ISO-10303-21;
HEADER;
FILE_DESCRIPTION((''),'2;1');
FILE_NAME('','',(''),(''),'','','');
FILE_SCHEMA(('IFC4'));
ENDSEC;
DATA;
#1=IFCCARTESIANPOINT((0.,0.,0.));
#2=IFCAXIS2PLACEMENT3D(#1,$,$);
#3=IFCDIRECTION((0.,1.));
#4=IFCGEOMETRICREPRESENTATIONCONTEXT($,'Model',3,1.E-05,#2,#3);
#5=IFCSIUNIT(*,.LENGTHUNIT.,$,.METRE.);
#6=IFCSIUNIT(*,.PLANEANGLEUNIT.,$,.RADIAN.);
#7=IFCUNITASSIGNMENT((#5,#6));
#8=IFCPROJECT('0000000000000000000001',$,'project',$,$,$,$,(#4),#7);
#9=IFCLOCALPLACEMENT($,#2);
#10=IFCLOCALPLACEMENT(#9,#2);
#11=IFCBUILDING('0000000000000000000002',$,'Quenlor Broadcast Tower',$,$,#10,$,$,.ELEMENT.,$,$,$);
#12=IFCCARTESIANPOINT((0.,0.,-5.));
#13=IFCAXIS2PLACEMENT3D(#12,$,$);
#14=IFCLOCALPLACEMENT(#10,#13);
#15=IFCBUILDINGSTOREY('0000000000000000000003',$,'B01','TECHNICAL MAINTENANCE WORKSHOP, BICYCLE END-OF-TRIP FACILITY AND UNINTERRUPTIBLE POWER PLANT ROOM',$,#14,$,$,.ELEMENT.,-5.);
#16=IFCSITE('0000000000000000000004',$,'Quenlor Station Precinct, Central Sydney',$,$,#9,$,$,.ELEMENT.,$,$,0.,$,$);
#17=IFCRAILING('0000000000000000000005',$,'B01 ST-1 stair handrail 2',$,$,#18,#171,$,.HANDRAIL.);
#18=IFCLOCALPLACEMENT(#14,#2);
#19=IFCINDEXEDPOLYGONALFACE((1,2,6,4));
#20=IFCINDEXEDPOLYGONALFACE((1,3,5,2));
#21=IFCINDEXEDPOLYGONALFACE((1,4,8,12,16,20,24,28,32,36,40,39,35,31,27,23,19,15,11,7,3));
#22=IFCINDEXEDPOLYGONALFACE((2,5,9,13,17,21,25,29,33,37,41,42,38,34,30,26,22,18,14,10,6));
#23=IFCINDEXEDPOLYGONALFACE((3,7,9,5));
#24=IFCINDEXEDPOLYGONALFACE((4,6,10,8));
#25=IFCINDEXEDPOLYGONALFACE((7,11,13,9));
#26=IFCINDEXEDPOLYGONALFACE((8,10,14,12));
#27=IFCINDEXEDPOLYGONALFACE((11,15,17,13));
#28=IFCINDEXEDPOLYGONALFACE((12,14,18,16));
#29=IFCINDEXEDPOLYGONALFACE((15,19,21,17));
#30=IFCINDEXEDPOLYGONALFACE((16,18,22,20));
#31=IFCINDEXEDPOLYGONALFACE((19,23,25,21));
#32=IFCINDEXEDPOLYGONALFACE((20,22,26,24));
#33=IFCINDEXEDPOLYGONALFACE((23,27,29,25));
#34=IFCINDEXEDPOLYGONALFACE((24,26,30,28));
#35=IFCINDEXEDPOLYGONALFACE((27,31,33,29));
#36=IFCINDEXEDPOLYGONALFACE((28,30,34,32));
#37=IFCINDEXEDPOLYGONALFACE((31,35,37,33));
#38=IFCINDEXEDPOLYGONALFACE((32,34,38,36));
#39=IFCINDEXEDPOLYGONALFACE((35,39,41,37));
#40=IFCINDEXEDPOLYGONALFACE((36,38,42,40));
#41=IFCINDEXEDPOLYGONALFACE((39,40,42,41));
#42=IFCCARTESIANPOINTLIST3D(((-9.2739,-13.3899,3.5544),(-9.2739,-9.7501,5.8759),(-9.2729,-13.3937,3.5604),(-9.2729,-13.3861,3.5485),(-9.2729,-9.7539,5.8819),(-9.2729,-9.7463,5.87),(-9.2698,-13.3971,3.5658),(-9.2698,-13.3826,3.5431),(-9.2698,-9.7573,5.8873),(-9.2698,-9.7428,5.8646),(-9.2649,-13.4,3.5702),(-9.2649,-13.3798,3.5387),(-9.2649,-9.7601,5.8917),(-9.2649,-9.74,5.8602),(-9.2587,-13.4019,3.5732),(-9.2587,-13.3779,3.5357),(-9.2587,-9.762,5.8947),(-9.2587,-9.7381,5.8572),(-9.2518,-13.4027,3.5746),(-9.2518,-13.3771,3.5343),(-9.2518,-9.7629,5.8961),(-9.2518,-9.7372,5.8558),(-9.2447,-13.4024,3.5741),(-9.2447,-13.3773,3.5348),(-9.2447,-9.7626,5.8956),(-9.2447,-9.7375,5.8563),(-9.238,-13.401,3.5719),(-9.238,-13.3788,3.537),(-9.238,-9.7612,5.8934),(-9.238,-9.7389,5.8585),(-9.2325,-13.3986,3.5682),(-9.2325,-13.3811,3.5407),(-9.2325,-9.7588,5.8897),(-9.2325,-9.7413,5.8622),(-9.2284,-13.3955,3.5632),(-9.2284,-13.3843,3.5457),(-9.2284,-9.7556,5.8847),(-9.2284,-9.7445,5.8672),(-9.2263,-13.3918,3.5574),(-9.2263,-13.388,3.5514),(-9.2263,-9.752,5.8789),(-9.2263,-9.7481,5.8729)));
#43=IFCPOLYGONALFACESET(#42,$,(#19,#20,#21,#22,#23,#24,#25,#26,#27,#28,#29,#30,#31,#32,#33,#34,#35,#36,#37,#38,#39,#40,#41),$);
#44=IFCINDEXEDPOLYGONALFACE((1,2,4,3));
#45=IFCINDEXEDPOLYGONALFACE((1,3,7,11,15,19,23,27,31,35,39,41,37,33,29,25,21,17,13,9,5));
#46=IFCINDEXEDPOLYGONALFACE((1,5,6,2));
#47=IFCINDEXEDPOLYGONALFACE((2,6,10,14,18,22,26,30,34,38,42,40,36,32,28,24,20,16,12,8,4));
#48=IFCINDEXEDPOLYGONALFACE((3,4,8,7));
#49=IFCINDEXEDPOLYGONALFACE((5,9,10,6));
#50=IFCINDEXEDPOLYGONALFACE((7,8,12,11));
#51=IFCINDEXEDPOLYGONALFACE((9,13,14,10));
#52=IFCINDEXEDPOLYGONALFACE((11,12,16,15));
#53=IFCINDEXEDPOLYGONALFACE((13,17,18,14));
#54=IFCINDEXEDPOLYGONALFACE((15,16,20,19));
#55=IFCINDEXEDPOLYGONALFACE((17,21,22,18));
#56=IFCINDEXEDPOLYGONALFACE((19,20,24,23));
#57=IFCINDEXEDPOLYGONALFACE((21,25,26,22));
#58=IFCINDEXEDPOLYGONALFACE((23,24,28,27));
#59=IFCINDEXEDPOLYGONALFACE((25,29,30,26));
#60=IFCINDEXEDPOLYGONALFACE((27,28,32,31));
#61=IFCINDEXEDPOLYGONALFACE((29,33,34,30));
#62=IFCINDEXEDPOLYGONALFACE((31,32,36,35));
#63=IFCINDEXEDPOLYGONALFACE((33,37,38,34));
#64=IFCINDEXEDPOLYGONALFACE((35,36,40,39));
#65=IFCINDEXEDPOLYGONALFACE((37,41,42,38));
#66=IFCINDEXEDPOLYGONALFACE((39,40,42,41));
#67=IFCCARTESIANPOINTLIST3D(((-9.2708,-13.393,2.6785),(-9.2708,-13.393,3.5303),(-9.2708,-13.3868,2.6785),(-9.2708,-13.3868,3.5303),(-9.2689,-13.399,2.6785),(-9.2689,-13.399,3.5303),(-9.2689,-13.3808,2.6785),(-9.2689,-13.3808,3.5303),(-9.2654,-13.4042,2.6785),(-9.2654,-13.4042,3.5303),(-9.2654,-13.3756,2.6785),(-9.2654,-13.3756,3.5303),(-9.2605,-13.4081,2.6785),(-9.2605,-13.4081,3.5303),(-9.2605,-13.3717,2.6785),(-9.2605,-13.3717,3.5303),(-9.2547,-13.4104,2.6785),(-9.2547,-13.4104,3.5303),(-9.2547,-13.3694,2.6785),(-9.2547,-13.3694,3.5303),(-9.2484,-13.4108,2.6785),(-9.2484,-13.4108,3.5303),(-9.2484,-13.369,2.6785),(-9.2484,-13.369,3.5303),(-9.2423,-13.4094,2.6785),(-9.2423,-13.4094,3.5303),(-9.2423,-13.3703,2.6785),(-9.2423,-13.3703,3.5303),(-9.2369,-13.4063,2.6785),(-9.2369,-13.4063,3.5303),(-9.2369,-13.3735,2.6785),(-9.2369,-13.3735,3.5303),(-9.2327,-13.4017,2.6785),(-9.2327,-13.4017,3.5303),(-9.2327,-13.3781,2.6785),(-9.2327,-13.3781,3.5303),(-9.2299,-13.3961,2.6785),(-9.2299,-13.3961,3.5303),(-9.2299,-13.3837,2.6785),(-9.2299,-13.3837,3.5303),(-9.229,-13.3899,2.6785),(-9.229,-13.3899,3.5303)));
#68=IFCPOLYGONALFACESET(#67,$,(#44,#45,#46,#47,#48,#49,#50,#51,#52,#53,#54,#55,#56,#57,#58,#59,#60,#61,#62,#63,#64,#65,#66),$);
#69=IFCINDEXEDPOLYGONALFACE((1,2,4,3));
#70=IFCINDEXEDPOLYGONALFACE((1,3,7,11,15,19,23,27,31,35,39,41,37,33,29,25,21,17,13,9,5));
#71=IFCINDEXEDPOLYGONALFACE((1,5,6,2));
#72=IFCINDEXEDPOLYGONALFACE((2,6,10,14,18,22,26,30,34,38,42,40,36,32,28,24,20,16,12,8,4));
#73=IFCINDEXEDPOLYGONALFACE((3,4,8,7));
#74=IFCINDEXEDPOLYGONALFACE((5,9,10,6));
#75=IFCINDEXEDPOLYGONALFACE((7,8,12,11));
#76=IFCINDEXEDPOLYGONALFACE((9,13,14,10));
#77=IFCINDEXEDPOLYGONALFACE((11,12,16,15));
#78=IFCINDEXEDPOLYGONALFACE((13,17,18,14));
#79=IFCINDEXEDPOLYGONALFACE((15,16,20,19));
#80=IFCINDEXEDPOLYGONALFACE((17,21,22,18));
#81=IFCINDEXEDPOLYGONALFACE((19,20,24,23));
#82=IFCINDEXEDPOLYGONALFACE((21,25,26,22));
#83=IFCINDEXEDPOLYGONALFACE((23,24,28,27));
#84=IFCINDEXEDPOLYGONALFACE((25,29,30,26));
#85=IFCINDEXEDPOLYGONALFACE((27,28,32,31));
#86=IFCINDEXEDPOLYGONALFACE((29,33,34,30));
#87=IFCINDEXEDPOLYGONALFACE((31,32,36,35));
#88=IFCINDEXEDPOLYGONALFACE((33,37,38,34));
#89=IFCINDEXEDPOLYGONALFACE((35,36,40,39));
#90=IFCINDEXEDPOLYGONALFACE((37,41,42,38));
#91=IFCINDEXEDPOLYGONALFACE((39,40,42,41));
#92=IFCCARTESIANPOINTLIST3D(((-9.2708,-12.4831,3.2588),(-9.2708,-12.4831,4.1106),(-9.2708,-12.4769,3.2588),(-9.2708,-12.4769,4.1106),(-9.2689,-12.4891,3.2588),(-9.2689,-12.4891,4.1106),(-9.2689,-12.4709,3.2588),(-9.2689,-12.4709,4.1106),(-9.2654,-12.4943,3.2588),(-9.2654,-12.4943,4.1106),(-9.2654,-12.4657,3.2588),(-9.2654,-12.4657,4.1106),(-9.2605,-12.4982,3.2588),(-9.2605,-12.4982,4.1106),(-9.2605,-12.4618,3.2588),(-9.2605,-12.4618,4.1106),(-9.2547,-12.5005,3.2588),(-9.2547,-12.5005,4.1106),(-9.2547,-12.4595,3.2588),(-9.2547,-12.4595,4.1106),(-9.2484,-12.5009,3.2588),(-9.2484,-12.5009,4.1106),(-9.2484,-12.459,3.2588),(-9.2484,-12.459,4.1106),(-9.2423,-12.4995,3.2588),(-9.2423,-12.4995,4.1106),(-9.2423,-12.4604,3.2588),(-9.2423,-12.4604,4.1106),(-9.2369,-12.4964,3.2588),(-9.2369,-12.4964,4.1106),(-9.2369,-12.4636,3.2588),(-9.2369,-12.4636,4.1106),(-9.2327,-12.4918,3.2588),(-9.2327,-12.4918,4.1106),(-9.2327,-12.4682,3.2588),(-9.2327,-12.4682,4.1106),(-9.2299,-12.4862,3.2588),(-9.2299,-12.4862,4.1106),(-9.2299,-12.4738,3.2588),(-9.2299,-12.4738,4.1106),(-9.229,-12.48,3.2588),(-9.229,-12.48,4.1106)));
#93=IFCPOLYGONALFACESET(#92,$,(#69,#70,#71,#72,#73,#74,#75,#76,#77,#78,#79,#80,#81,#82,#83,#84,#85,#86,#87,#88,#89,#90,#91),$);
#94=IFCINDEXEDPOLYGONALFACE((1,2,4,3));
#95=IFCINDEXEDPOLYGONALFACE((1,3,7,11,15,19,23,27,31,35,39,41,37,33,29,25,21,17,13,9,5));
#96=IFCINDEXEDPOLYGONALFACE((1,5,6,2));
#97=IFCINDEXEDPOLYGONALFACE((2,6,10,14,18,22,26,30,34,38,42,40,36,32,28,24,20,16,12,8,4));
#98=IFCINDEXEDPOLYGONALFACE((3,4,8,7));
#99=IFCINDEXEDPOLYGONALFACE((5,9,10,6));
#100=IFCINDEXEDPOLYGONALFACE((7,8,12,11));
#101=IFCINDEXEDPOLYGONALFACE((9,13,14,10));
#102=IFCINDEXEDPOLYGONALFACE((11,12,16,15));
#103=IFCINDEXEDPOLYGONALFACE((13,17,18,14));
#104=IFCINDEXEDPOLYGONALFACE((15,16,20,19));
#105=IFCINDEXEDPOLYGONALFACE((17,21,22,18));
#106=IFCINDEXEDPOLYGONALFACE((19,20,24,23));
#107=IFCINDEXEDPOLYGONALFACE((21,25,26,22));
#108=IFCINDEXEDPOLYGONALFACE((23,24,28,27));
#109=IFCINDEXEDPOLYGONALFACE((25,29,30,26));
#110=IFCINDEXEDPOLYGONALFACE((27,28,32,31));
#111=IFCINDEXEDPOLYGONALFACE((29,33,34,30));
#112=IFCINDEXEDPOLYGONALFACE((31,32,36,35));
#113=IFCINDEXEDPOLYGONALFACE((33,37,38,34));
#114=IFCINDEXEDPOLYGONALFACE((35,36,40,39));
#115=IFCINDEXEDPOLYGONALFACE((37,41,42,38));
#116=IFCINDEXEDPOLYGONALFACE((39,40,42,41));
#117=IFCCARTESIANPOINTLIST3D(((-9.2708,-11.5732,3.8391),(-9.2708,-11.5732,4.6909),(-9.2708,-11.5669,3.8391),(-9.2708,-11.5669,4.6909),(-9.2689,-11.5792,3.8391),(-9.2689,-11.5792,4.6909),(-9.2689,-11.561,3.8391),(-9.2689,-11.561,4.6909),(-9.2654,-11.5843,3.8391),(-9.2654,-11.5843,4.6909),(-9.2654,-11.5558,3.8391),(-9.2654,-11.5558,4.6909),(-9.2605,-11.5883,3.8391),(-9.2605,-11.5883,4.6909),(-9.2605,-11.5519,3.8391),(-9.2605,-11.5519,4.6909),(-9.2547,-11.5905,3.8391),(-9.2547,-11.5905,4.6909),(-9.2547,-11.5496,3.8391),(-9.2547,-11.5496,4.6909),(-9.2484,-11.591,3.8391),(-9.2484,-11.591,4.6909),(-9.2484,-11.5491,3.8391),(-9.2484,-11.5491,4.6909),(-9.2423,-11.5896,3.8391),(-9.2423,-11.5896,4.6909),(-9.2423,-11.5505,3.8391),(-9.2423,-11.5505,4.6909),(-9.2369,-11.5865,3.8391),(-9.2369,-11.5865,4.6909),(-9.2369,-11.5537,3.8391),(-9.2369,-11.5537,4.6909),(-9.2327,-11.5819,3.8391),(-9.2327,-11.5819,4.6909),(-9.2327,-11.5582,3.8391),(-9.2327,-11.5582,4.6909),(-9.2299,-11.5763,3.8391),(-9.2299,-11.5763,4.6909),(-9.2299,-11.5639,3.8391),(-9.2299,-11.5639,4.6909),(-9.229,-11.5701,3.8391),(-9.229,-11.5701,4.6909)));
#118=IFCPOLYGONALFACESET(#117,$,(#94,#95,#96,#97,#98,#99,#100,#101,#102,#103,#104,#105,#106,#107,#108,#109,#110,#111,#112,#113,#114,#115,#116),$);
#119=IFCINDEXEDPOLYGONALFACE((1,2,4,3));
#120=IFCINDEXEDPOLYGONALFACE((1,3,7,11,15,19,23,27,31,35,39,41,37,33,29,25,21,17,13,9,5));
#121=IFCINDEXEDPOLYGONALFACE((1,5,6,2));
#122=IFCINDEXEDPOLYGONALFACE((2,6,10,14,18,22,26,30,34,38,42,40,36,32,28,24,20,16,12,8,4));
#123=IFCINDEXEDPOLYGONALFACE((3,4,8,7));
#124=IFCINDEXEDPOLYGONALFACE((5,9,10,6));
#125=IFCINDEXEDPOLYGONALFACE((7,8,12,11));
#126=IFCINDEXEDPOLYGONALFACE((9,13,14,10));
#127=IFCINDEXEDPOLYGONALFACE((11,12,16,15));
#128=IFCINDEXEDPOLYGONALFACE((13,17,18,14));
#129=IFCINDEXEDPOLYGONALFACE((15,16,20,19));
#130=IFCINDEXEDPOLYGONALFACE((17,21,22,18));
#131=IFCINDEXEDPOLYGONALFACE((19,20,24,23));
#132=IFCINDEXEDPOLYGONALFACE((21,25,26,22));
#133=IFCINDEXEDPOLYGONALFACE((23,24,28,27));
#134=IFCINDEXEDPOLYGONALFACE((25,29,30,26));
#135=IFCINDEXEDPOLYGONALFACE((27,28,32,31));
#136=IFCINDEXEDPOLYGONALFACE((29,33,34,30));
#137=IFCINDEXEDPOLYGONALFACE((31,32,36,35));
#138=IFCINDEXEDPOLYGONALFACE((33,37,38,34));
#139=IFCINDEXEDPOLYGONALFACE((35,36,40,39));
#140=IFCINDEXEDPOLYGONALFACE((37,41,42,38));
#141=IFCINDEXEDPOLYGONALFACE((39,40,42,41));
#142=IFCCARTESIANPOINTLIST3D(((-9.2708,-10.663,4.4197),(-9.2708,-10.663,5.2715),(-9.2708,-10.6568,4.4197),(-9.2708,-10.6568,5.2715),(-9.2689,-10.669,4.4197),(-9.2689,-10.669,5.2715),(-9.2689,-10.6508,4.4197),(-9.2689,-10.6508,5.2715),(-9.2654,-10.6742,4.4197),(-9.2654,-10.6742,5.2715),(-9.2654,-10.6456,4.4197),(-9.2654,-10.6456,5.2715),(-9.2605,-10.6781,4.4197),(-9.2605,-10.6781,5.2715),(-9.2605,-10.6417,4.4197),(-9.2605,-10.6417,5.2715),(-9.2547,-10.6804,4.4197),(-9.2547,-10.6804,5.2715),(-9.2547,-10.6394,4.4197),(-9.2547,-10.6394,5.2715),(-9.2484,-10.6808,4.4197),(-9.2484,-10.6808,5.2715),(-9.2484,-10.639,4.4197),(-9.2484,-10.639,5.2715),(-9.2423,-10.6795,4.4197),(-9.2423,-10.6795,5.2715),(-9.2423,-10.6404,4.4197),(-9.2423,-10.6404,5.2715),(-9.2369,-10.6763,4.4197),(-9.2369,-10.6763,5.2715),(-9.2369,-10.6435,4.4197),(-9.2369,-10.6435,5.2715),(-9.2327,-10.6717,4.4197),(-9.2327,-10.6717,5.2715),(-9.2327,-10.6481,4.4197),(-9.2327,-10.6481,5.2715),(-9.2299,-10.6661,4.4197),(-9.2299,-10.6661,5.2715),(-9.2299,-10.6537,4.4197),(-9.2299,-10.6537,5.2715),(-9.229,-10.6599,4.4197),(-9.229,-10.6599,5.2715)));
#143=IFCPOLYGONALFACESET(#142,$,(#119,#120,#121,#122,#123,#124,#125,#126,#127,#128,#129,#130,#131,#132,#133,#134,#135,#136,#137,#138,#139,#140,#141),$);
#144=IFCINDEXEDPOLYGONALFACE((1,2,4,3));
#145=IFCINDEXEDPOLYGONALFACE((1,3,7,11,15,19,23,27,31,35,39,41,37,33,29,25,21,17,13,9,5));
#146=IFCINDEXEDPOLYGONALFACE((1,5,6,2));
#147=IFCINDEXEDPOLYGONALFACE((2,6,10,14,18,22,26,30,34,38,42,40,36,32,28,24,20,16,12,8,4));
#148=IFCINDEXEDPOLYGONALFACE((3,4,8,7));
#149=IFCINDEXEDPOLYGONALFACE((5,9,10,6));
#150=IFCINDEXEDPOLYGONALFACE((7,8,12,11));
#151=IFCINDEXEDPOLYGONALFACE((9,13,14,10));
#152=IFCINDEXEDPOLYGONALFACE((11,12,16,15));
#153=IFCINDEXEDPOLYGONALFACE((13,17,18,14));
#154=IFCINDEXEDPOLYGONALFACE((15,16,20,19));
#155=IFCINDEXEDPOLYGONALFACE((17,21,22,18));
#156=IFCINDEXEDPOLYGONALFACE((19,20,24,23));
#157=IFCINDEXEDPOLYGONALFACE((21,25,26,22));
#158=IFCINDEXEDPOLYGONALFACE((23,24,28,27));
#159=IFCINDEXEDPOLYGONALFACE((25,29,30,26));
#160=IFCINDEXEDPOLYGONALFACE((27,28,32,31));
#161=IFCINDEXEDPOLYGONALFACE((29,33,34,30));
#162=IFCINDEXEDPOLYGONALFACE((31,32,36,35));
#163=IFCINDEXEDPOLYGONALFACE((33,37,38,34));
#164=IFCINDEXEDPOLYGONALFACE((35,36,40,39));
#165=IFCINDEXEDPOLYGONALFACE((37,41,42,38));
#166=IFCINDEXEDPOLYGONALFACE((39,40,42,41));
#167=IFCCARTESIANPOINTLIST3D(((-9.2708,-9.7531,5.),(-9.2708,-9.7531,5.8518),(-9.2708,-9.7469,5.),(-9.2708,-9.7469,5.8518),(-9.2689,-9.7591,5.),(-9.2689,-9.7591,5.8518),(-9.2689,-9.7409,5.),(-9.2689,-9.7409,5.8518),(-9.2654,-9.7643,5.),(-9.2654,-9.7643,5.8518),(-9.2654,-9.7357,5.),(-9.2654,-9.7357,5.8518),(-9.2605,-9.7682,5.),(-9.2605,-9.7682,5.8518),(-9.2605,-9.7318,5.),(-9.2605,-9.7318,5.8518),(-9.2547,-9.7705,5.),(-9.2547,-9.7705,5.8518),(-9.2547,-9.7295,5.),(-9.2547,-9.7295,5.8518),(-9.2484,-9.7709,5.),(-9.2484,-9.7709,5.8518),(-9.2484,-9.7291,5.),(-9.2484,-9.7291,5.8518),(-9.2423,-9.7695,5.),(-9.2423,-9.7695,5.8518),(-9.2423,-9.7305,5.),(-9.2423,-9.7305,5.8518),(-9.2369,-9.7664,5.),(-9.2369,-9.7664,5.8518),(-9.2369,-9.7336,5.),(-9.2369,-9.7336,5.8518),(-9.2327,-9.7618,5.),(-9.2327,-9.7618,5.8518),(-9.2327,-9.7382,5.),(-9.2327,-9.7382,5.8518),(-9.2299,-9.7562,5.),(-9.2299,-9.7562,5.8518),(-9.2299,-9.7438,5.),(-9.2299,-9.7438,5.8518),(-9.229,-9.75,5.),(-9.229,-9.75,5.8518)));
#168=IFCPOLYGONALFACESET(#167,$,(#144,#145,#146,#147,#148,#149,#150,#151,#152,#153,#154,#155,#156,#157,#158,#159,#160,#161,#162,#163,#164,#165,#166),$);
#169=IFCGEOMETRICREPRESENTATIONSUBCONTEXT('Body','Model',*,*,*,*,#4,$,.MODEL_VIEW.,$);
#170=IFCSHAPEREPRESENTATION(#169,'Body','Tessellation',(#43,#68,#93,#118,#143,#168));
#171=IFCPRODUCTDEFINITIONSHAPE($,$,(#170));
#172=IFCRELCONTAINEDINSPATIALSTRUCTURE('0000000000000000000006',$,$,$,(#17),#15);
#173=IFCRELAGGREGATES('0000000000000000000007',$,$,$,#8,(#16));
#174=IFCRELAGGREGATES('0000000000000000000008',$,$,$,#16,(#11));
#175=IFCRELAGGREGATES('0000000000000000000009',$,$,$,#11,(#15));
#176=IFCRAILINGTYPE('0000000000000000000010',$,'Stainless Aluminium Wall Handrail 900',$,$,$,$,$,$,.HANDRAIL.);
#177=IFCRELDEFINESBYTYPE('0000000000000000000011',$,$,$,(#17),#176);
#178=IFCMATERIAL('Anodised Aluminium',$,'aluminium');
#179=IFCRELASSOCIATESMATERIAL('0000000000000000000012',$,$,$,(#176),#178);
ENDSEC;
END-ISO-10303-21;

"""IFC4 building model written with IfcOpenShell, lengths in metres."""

from ifc_helpers import new_model, si_unit, direction, frame, origin, origin_2d, place, context, subcontext, project, spatial, circle, extrude, material, type_object, element, save


model = new_model("IFC4")

# Units and contexts
model_context = context("Model", 3, precision=1e-05, world=origin(), true_north=direction((0.0, 1.0)))
body_context = subcontext(model_context, "Body", "Model", "MODEL_VIEW")
ifc_project = project(units=[si_unit("LENGTHUNIT", "METRE"), si_unit("PLANEANGLEUNIT", "RADIAN")], contexts=[model_context])

# Site, building, storey
site_placement = place(None, origin())
site = spatial("IfcSite", under=ifc_project, at=site_placement, Name="Quenlor Station Precinct, Central Sydney", CompositionType="ELEMENT", RefElevation=0.0)
building_placement = place(site_placement, origin())
building = spatial("IfcBuilding", under=site, at=building_placement, Name="Quenlor Broadcast Tower", CompositionType="ELEMENT")
storey_placement = place(building_placement, frame((0.0, 0.0, -5.0)))
storey = spatial("IfcBuildingStorey", under=building, at=storey_placement, Name="B01", Description="TECHNICAL MAINTENANCE WORKSHOP, BICYCLE END-OF-TRIP FACILITY AND UNINTERRUPTIBLE POWER PLANT ROOM", CompositionType="ELEMENT", Elevation=-5.0)

# Railing
ifc_material_1 = material(Name="Anodised Aluminium", Category="aluminium")
railing_type_1 = type_object("IfcRailingType", Name="Stainless Aluminium Wall Handrail 900", PredefinedType="HANDRAIL", material=ifc_material_1)
railing_1_placement = place(storey_placement, frame((-9.25, -13.3899, 2.6785)))
element("IfcRailing", 1, at=railing_1_placement, inside=storey, type_object=railing_type_1, Name="B01 ST-1 stair handrail 2", PredefinedType="HANDRAIL", context=body_context, shape_type="SweptSolid", body=[
    extrude(circle(Radius=0.0239, at=origin_2d()), frame((0.0, 0.0, 0.876), z_axis=(0.0, 0.843112, 0.537739), x_axis=(-1.0, 0.0, 0.0)), (0.0, 0.0, 1.0), 4.3171),
    extrude(circle(Radius=0.021, at=origin_2d()), origin(), (0.0, 0.0, 1.0), 0.8518),
    extrude(circle(Radius=0.021, at=origin_2d()), frame((0.0, 0.9099, 0.5803)), (0.0, 0.0, 1.0), 0.8518),
    extrude(circle(Radius=0.021, at=origin_2d()), frame((0.0, 1.8198, 1.1606)), (0.0, 0.0, 1.0), 0.8518),
    extrude(circle(Radius=0.021, at=origin_2d()), frame((0.0, 2.73, 1.7412)), (0.0, 0.0, 1.0), 0.8518),
    extrude(circle(Radius=0.021, at=origin_2d()), frame((0.0, 3.6399, 2.3215)), (0.0, 0.0, 1.0), 0.8518),
])

save(model, "model.ifc")
